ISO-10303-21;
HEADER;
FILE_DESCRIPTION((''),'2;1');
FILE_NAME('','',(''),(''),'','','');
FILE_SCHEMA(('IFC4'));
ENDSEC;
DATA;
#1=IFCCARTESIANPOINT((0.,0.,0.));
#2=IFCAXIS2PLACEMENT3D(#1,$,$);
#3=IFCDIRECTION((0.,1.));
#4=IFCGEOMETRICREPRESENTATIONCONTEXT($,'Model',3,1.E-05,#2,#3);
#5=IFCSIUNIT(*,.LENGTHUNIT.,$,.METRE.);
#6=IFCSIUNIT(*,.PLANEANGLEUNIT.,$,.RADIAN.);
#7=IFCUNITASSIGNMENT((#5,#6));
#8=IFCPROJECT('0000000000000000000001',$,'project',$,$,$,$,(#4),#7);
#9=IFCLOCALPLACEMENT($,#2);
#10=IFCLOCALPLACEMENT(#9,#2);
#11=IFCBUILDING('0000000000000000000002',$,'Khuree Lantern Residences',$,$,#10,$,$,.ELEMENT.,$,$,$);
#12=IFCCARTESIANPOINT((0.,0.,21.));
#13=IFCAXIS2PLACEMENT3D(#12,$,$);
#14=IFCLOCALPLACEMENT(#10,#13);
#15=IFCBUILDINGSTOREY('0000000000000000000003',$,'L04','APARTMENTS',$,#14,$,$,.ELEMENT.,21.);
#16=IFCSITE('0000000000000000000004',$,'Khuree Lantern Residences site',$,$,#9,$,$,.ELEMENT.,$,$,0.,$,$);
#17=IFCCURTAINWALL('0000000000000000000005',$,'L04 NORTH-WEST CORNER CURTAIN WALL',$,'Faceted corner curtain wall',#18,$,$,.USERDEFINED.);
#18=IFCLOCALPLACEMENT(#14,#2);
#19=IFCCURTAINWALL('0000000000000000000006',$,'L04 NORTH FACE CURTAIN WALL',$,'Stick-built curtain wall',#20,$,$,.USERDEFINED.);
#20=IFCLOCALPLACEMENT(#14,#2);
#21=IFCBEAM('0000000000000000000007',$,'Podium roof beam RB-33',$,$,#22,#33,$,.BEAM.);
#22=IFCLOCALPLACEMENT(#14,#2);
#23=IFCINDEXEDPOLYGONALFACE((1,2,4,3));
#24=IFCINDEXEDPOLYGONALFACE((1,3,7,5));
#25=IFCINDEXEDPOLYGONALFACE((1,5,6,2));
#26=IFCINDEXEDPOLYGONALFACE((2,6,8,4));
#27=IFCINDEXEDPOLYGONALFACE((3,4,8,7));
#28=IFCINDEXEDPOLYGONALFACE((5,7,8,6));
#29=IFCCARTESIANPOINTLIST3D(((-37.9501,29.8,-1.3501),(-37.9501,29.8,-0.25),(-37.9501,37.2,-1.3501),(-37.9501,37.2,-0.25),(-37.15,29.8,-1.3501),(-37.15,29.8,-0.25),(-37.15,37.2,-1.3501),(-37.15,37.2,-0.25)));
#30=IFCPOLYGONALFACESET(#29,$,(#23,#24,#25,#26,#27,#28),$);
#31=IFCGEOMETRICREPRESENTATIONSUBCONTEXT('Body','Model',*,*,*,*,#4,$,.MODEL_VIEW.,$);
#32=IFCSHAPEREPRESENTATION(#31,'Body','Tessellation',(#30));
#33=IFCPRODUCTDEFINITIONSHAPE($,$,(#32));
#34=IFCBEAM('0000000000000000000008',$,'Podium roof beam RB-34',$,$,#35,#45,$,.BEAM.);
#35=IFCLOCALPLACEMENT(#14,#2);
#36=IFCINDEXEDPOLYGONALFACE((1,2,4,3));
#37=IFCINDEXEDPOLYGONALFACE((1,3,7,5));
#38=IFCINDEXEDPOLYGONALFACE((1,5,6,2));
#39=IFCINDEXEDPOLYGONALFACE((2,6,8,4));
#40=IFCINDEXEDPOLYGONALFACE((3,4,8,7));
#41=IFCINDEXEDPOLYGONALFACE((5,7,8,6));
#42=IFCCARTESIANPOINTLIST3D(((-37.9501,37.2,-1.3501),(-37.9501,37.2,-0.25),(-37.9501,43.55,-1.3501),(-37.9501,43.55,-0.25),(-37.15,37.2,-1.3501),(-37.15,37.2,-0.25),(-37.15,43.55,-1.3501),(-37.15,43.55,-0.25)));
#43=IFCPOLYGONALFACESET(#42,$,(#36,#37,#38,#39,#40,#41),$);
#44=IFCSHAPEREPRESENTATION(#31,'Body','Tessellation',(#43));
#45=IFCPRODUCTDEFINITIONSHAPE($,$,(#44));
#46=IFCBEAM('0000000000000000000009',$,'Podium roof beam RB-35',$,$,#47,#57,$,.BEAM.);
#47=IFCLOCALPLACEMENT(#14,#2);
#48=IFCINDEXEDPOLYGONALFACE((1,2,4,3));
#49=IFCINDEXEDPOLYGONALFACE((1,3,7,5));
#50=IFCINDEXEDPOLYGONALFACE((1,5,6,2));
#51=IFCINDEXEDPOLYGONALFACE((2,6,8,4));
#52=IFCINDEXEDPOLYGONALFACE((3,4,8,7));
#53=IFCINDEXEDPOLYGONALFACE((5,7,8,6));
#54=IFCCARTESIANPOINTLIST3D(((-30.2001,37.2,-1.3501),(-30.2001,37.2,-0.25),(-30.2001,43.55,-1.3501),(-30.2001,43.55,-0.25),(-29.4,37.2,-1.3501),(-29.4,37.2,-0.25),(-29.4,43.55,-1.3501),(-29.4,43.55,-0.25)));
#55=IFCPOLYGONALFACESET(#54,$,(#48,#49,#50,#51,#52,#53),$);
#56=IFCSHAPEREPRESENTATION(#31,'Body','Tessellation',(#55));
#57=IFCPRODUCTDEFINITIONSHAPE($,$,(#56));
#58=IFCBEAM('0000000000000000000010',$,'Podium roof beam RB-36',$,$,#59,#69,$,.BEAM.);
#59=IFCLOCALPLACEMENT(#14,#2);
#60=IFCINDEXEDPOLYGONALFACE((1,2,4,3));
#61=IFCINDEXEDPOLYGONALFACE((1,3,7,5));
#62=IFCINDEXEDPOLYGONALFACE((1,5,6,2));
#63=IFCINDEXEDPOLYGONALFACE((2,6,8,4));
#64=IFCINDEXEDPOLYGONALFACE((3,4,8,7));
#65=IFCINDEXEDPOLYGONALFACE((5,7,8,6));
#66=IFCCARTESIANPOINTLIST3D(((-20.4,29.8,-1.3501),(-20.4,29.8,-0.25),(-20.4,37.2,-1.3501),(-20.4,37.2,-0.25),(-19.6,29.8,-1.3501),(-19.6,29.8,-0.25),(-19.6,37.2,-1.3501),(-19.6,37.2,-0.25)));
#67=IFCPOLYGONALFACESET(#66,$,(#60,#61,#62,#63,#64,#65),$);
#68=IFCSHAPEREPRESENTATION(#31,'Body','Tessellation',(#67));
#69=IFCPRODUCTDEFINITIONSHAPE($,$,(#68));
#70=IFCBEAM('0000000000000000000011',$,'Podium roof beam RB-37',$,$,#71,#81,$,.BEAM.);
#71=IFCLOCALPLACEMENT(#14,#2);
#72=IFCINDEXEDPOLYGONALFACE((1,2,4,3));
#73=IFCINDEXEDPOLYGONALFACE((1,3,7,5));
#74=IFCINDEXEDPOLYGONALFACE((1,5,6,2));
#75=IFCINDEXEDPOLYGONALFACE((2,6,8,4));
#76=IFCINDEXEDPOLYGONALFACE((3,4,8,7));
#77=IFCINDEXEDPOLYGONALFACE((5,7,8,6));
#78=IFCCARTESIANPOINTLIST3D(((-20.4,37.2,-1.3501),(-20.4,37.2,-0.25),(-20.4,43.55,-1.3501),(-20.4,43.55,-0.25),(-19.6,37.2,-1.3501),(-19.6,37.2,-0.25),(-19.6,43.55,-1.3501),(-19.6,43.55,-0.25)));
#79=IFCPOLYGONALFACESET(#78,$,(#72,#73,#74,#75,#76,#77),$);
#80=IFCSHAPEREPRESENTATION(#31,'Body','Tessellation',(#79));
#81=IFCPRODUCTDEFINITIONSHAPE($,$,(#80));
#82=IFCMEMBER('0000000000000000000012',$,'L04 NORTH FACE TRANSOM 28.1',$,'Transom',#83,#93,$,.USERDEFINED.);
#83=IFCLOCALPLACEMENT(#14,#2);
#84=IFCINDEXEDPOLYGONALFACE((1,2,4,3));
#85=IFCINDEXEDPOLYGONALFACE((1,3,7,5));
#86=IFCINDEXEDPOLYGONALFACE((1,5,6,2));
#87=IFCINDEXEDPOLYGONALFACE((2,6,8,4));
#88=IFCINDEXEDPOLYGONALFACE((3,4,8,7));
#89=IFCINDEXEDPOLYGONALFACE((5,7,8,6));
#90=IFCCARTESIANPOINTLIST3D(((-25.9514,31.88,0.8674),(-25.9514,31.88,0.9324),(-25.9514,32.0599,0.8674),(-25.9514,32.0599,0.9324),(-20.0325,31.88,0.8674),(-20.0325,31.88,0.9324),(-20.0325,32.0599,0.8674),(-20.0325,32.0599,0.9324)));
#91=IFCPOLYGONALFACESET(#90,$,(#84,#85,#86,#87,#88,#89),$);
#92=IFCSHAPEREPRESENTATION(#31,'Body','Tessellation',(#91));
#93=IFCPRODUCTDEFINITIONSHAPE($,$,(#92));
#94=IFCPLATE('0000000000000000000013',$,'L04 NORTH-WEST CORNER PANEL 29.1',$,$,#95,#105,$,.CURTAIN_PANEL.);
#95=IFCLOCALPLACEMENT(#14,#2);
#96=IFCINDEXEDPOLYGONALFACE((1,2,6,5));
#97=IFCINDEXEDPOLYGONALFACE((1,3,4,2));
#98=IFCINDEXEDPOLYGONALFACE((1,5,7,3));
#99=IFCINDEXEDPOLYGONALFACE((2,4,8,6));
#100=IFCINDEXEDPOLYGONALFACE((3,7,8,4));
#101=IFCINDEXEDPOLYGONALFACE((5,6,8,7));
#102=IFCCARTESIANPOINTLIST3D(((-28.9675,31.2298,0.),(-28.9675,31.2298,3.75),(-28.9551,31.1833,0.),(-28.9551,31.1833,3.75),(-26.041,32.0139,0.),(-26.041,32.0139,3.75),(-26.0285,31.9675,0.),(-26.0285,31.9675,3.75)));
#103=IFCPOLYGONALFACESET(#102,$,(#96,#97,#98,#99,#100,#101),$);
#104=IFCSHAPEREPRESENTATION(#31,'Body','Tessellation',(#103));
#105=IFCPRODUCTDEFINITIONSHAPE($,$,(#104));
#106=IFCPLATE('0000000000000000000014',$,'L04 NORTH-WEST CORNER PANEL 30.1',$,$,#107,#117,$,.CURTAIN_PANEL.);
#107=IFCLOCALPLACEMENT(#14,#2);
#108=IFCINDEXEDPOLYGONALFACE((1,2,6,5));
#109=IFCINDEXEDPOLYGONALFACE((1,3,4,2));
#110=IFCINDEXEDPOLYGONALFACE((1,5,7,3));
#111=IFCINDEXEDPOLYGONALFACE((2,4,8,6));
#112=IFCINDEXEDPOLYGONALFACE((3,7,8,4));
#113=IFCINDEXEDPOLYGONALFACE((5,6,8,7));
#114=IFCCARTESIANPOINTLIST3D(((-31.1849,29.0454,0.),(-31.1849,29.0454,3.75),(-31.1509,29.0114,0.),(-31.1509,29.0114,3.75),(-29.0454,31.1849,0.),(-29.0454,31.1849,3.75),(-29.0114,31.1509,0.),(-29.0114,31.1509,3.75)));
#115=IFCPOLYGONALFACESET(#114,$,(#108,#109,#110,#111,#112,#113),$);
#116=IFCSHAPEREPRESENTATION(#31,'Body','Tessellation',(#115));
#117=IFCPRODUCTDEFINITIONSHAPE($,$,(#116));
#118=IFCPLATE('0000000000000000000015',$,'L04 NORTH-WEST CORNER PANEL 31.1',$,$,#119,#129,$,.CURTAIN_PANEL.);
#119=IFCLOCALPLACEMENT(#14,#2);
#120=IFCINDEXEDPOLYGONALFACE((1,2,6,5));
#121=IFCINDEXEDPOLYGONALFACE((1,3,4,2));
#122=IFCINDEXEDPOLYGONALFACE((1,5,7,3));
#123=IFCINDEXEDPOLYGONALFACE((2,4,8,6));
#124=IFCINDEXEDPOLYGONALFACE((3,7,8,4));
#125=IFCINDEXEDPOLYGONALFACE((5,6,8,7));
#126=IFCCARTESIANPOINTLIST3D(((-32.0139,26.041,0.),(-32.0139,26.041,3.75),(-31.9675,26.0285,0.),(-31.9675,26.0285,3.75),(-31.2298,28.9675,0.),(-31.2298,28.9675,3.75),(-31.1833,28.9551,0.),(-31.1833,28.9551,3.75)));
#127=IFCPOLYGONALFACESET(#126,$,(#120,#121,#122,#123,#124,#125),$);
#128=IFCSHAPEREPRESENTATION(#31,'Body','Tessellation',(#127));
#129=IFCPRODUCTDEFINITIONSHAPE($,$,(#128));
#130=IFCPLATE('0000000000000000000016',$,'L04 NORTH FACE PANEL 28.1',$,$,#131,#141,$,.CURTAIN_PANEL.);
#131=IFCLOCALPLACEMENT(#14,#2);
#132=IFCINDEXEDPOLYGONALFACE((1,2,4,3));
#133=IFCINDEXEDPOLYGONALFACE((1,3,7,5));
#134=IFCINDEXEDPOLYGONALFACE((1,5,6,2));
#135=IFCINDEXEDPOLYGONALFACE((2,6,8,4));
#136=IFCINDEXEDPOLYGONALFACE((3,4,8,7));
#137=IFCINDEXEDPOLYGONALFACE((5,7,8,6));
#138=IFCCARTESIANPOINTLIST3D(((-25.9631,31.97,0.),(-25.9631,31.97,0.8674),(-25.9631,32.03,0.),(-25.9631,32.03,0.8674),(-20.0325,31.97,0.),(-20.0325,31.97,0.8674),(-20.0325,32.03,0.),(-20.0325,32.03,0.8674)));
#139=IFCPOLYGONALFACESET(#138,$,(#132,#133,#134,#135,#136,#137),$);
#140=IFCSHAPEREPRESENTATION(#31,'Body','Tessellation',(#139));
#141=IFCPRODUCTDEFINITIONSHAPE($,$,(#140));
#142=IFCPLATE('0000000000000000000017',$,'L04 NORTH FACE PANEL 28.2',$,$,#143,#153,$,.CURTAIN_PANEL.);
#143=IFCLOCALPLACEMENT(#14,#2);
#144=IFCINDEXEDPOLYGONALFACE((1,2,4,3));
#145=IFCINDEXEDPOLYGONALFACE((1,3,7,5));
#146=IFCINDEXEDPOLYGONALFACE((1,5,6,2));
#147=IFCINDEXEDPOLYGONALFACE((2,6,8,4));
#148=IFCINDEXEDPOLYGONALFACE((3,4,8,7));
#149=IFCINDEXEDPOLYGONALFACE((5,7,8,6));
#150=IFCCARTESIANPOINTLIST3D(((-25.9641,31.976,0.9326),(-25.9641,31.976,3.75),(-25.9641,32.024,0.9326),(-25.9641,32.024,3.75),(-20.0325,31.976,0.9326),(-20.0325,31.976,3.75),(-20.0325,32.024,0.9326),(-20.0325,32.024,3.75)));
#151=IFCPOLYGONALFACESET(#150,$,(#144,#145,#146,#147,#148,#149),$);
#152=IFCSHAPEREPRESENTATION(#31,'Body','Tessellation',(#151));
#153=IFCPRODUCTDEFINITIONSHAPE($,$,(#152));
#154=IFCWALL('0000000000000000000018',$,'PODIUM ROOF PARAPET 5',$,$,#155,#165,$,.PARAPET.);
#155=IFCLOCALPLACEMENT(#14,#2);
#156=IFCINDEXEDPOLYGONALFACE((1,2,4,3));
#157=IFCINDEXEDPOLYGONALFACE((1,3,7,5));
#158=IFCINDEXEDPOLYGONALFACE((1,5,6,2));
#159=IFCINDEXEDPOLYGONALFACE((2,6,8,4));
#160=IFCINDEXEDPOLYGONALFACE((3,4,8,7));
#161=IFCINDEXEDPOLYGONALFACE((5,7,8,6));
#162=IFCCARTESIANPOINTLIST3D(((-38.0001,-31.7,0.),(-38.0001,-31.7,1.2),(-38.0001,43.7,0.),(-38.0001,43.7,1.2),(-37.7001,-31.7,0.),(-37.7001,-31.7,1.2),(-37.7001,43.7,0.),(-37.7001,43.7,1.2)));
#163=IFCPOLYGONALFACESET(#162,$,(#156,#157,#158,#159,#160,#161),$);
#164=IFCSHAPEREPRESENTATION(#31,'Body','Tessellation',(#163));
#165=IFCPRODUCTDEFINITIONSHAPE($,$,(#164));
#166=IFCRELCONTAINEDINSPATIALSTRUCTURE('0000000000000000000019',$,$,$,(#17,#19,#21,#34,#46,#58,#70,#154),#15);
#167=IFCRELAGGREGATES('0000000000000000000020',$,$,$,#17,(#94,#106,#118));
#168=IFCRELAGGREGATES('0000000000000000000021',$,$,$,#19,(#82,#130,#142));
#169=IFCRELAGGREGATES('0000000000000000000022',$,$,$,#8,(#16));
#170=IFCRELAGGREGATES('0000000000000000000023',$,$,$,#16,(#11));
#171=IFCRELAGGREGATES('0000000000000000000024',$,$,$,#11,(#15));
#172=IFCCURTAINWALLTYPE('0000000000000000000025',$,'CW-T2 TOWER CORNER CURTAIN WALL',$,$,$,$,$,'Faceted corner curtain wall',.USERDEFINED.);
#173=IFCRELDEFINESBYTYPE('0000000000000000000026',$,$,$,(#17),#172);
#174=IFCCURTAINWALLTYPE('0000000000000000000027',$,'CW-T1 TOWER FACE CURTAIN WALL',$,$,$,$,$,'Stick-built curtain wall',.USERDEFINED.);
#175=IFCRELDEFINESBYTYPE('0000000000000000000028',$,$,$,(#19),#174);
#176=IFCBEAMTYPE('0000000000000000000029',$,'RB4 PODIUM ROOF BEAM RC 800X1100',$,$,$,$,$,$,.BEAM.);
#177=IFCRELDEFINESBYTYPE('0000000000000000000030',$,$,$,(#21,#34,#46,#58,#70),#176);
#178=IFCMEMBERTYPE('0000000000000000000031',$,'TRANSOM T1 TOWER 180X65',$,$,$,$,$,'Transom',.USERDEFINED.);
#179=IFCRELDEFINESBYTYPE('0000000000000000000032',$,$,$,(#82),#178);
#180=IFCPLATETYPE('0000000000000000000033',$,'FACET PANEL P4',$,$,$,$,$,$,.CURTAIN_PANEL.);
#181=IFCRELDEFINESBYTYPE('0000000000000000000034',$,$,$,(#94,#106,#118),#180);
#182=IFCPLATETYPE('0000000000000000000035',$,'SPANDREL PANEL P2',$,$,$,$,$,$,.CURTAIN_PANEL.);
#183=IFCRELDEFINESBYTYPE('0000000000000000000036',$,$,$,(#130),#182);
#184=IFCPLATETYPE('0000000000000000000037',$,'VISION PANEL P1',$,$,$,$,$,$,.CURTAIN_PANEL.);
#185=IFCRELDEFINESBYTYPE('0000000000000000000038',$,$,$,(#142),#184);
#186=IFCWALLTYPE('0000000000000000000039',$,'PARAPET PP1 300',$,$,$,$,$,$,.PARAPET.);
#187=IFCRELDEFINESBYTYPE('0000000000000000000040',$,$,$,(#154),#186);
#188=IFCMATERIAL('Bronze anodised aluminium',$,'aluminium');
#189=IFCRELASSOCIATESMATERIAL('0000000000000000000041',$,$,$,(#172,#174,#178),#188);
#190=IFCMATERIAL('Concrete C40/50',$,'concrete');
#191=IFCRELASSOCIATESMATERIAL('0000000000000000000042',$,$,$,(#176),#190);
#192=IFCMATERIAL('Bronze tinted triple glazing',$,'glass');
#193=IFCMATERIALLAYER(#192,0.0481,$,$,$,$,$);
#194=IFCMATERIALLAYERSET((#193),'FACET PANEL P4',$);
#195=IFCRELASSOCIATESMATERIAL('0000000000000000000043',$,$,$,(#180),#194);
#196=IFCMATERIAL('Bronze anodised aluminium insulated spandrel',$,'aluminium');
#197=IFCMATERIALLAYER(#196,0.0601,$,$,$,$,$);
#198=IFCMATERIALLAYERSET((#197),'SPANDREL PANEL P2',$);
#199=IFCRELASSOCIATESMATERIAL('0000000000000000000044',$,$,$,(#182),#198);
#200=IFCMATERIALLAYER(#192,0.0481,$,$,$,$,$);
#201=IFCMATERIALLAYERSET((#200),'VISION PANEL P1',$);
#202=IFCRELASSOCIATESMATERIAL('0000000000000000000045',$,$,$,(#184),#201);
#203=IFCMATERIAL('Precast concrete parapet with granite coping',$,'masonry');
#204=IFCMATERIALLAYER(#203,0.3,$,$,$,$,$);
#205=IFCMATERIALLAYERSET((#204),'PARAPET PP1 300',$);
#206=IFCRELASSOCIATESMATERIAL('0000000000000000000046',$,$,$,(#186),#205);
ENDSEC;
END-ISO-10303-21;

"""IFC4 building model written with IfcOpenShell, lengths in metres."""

from ifc_helpers import new_model, si_unit, direction, frame, frame_2d, origin, origin_2d, place, context, subcontext, project, spatial, rectangle, extrude, material, layer, layer_set, material_profile, profile_set, type_object, element, aggregate, save


model = new_model("IFC4")

# Units and contexts
model_context = context("Model", 3, precision=1e-05, world=origin(), true_north=direction((0.0, 1.0)))
body_context = subcontext(model_context, "Body", "Model", "MODEL_VIEW")
ifc_project = project(units=[si_unit("LENGTHUNIT", "METRE"), si_unit("PLANEANGLEUNIT", "RADIAN")], contexts=[model_context])

# Site, building, storey
site_placement = place(None, origin())
site = spatial("IfcSite", under=ifc_project, at=site_placement, Name="Khuree Lantern Residences site", CompositionType="ELEMENT", RefElevation=0.0)
building_placement = place(site_placement, origin())
building = spatial("IfcBuilding", under=site, at=building_placement, Name="Khuree Lantern Residences", CompositionType="ELEMENT")
storey_placement = place(building_placement, frame((0.0, 0.0, 21.0)))
storey = spatial("IfcBuildingStorey", under=building, at=storey_placement, Name="L04", Description="APARTMENTS", CompositionType="ELEMENT", Elevation=21.0)

# Curtain wall
ifc_material_1 = material(Name="Bronze anodised aluminium", Category="aluminium")
curtain_wall_type_1 = type_object("IfcCurtainWallType", Name="CW-T2 TOWER CORNER CURTAIN WALL", ElementType="Faceted corner curtain wall", PredefinedType="USERDEFINED", material=ifc_material_1)
curtain_wall_1_placement = place(storey_placement, origin())
curtain_wall_1 = element("IfcCurtainWall", 1, at=curtain_wall_1_placement, inside=storey, type_object=curtain_wall_type_1, Name="L04 NORTH-WEST CORNER CURTAIN WALL", ObjectType="Faceted corner curtain wall", PredefinedType="USERDEFINED")

# Curtain wall
curtain_wall_type_2 = type_object("IfcCurtainWallType", Name="CW-T1 TOWER FACE CURTAIN WALL", ElementType="Stick-built curtain wall", PredefinedType="USERDEFINED", material=ifc_material_1)
curtain_wall_2_placement = place(storey_placement, origin())
curtain_wall_2 = element("IfcCurtainWall", 2, at=curtain_wall_2_placement, inside=storey, type_object=curtain_wall_type_2, Name="L04 NORTH FACE CURTAIN WALL", ObjectType="Stick-built curtain wall", PredefinedType="USERDEFINED")

# Beams
ifc_material_2 = material(Name="Concrete C40/50", Category="concrete")
ifc_material_profile_1 = material_profile(ifc_material_2, rectangle(XDim=0.8, YDim=1.1001, at=origin_2d()), Name="RC 800X1100")
ifc_profile_set_1 = profile_set([ifc_material_profile_1], Name="Concrete C40/50")
beam_type_1 = type_object("IfcBeamType", Name="RB4 PODIUM ROOF BEAM RC 800X1100", PredefinedType="BEAM", material=ifc_profile_set_1)
beam_1_placement = place(storey_placement, frame((-37.55, 29.8, -0.8), z_axis=(0.0, 1.0, 0.0), x_axis=(-1.0, 0.0, 0.0)))
element("IfcBeam", 3, at=beam_1_placement, inside=storey, type_object=beam_type_1, Name="Podium roof beam RB-33", PredefinedType="BEAM", context=body_context, shape_type="SweptSolid", body=[
    extrude(rectangle(XDim=0.8, YDim=1.1001, at=origin_2d()), origin(), (0.0, 0.0, 1.0), 7.3999),
])
for number, where, z_axis, x_axis, name in (
    (4, (-37.55, 37.2, -0.8), (0.0, 1.0, 0.0), (-1.0, 0.0, 0.0), "Podium roof beam RB-34"),
    (5, (-29.8, 37.2, -0.8), (0.0, 1.0, 0.0), (-1.0, 0.0, 0.0), "Podium roof beam RB-35"),
):
    element("IfcBeam", number, at=place(storey_placement, frame(where, z_axis=z_axis, x_axis=x_axis)), inside=storey, type_object=beam_type_1, Name=name, PredefinedType="BEAM", context=body_context, shape_type="SweptSolid", body=[
        extrude(rectangle(XDim=0.8, YDim=1.1001, at=origin_2d()), origin(), (0.0, 0.0, 1.0), 6.3501),
    ])
beam_2_placement = place(storey_placement, frame((-20.0, 29.8, -0.8), z_axis=(0.0, 1.0, 0.0), x_axis=(-1.0, 0.0, 0.0)))
element("IfcBeam", 6, at=beam_2_placement, inside=storey, type_object=beam_type_1, Name="Podium roof beam RB-36", PredefinedType="BEAM", context=body_context, shape_type="SweptSolid", body=[
    extrude(rectangle(XDim=0.8, YDim=1.1001, at=origin_2d()), origin(), (0.0, 0.0, 1.0), 7.3999),
])
beam_3_placement = place(storey_placement, frame((-20.0, 37.2, -0.8), z_axis=(0.0, 1.0, 0.0), x_axis=(-1.0, 0.0, 0.0)))
element("IfcBeam", 7, at=beam_3_placement, inside=storey, type_object=beam_type_1, Name="Podium roof beam RB-37", PredefinedType="BEAM", context=body_context, shape_type="SweptSolid", body=[
    extrude(rectangle(XDim=0.8, YDim=1.1001, at=origin_2d()), origin(), (0.0, 0.0, 1.0), 6.3501),
])

# Member
ifc_material_profile_2 = material_profile(ifc_material_1, rectangle(XDim=0.1799, YDim=0.0649, at=origin_2d()), Name="T1 180X65")
ifc_profile_set_2 = profile_set([ifc_material_profile_2], Name="Bronze anodised aluminium")
member_type_1 = type_object("IfcMemberType", Name="TRANSOM T1 TOWER 180X65", ElementType="Transom", PredefinedType="USERDEFINED", material=ifc_profile_set_2)
member_1_placement = place(storey_placement, frame((-20.0325, 31.97, 0.8999), z_axis=(-1.0, 0.0, 0.0), x_axis=(0.0, -1.0, 0.0)))
member_1 = element("IfcMember", 8, at=member_1_placement, type_object=member_type_1, Name="L04 NORTH FACE TRANSOM 28.1", ObjectType="Transom", PredefinedType="USERDEFINED", context=body_context, shape_type="SweptSolid", body=[
    extrude(rectangle(XDim=0.1799, YDim=0.0649, at=origin_2d()), origin(), (0.0, 0.0, 1.0), 5.9189),
])

# Plates
ifc_material_3 = material(Name="Bronze tinted triple glazing", Category="glass")
ifc_layer_1 = layer(ifc_material_3, 0.0481)
ifc_layer_set_1 = layer_set([ifc_layer_1], Name="FACET PANEL P4")
plate_type_1 = type_object("IfcPlateType", Name="FACET PANEL P4", PredefinedType="CURTAIN_PANEL", material=ifc_layer_set_1)
plate_1_placement = place(storey_placement, frame((-27.498, 31.5986, 0.0), z_axis=(0.0, 0.0, 1.0), x_axis=(-0.965926, -0.258819, 0.0)))
plate_1 = element("IfcPlate", 9, at=plate_1_placement, type_object=plate_type_1, Name="L04 NORTH-WEST CORNER PANEL 29.1", PredefinedType="CURTAIN_PANEL", context=body_context, shape_type="SweptSolid", body=[
    extrude(rectangle(XDim=3.0298, YDim=0.0481, at=origin_2d()), origin(), (0.0, 0.0, 1.0), 3.75),
])
plate_2_placement = place(storey_placement, frame((-30.0981, 30.0981, 0.0), z_axis=(0.0, 0.0, 1.0), x_axis=(-0.707107, -0.707107, 0.0)))
plate_2 = element("IfcPlate", 10, at=plate_2_placement, type_object=plate_type_1, Name="L04 NORTH-WEST CORNER PANEL 30.1", PredefinedType="CURTAIN_PANEL", context=body_context, shape_type="SweptSolid", body=[
    extrude(rectangle(XDim=3.0256, YDim=0.0481, at=origin_2d()), origin(), (0.0, 0.0, 1.0), 3.75),
])
plate_3_placement = place(storey_placement, frame((-31.5986, 27.498, 0.0), z_axis=(0.0, 0.0, 1.0), x_axis=(-0.258819, -0.965926, 0.0)))
plate_3 = element("IfcPlate", 11, at=plate_3_placement, type_object=plate_type_1, Name="L04 NORTH-WEST CORNER PANEL 31.1", PredefinedType="CURTAIN_PANEL", context=body_context, shape_type="SweptSolid", body=[
    extrude(rectangle(XDim=3.0298, YDim=0.0481, at=origin_2d()), origin(), (0.0, 0.0, 1.0), 3.75),
])
aggregate(curtain_wall_1, [plate_1, plate_2, plate_3])
ifc_material_4 = material(Name="Bronze anodised aluminium insulated spandrel", Category="aluminium")
ifc_layer_2 = layer(ifc_material_4, 0.0601)
ifc_layer_set_2 = layer_set([ifc_layer_2], Name="SPANDREL PANEL P2")
plate_type_2 = type_object("IfcPlateType", Name="SPANDREL PANEL P2", PredefinedType="CURTAIN_PANEL", material=ifc_layer_set_2)
plate_4_placement = place(storey_placement, frame((-22.9978, 32.0, 0.0), z_axis=(0.0, 0.0, 1.0), x_axis=(-1.0, 0.0, 0.0)))
plate_4 = element("IfcPlate", 12, at=plate_4_placement, type_object=plate_type_2, Name="L04 NORTH FACE PANEL 28.1", PredefinedType="CURTAIN_PANEL", context=body_context, shape_type="SweptSolid", body=[
    extrude(rectangle(XDim=5.9307, YDim=0.0601, at=origin_2d()), origin(), (0.0, 0.0, 1.0), 0.8674),
])
ifc_layer_3 = layer(ifc_material_3, 0.0481)
ifc_layer_set_3 = layer_set([ifc_layer_3], Name="VISION PANEL P1")
plate_type_3 = type_object("IfcPlateType", Name="VISION PANEL P1", PredefinedType="CURTAIN_PANEL", material=ifc_layer_set_3)
plate_5_placement = place(storey_placement, frame((-22.9983, 32.0, 0.9326), z_axis=(0.0, 0.0, 1.0), x_axis=(-1.0, 0.0, 0.0)))
plate_5 = element("IfcPlate", 13, at=plate_5_placement, type_object=plate_type_3, Name="L04 NORTH FACE PANEL 28.2", PredefinedType="CURTAIN_PANEL", context=body_context, shape_type="SweptSolid", body=[
    extrude(rectangle(XDim=5.9316, YDim=0.0481, at=origin_2d()), origin(), (0.0, 0.0, 1.0), 2.8174),
])
aggregate(curtain_wall_2, [member_1, plate_4, plate_5])

# Wall
ifc_material_5 = material(Name="Precast concrete parapet with granite coping", Category="masonry")
ifc_layer_4 = layer(ifc_material_5, 0.3)
ifc_layer_set_4 = layer_set([ifc_layer_4], Name="PARAPET PP1 300")
wall_type = type_object("IfcWallType", Name="PARAPET PP1 300", PredefinedType="PARAPET", material=ifc_layer_set_4)
wall_placement = place(storey_placement, frame((-37.8501, 43.7, 0.0), z_axis=(0.0, 0.0, 1.0), x_axis=(0.0, -1.0, 0.0)))
element("IfcWall", 14, at=wall_placement, inside=storey, type_object=wall_type, Name="PODIUM ROOF PARAPET 5", PredefinedType="PARAPET", context=body_context, shape_type="SweptSolid", body=[
    extrude(rectangle(XDim=75.3999, YDim=0.3, at=frame_2d((37.7, 0.0))), origin(), (0.0, 0.0, 1.0), 1.2),
])

save(model, "model.ifc")
